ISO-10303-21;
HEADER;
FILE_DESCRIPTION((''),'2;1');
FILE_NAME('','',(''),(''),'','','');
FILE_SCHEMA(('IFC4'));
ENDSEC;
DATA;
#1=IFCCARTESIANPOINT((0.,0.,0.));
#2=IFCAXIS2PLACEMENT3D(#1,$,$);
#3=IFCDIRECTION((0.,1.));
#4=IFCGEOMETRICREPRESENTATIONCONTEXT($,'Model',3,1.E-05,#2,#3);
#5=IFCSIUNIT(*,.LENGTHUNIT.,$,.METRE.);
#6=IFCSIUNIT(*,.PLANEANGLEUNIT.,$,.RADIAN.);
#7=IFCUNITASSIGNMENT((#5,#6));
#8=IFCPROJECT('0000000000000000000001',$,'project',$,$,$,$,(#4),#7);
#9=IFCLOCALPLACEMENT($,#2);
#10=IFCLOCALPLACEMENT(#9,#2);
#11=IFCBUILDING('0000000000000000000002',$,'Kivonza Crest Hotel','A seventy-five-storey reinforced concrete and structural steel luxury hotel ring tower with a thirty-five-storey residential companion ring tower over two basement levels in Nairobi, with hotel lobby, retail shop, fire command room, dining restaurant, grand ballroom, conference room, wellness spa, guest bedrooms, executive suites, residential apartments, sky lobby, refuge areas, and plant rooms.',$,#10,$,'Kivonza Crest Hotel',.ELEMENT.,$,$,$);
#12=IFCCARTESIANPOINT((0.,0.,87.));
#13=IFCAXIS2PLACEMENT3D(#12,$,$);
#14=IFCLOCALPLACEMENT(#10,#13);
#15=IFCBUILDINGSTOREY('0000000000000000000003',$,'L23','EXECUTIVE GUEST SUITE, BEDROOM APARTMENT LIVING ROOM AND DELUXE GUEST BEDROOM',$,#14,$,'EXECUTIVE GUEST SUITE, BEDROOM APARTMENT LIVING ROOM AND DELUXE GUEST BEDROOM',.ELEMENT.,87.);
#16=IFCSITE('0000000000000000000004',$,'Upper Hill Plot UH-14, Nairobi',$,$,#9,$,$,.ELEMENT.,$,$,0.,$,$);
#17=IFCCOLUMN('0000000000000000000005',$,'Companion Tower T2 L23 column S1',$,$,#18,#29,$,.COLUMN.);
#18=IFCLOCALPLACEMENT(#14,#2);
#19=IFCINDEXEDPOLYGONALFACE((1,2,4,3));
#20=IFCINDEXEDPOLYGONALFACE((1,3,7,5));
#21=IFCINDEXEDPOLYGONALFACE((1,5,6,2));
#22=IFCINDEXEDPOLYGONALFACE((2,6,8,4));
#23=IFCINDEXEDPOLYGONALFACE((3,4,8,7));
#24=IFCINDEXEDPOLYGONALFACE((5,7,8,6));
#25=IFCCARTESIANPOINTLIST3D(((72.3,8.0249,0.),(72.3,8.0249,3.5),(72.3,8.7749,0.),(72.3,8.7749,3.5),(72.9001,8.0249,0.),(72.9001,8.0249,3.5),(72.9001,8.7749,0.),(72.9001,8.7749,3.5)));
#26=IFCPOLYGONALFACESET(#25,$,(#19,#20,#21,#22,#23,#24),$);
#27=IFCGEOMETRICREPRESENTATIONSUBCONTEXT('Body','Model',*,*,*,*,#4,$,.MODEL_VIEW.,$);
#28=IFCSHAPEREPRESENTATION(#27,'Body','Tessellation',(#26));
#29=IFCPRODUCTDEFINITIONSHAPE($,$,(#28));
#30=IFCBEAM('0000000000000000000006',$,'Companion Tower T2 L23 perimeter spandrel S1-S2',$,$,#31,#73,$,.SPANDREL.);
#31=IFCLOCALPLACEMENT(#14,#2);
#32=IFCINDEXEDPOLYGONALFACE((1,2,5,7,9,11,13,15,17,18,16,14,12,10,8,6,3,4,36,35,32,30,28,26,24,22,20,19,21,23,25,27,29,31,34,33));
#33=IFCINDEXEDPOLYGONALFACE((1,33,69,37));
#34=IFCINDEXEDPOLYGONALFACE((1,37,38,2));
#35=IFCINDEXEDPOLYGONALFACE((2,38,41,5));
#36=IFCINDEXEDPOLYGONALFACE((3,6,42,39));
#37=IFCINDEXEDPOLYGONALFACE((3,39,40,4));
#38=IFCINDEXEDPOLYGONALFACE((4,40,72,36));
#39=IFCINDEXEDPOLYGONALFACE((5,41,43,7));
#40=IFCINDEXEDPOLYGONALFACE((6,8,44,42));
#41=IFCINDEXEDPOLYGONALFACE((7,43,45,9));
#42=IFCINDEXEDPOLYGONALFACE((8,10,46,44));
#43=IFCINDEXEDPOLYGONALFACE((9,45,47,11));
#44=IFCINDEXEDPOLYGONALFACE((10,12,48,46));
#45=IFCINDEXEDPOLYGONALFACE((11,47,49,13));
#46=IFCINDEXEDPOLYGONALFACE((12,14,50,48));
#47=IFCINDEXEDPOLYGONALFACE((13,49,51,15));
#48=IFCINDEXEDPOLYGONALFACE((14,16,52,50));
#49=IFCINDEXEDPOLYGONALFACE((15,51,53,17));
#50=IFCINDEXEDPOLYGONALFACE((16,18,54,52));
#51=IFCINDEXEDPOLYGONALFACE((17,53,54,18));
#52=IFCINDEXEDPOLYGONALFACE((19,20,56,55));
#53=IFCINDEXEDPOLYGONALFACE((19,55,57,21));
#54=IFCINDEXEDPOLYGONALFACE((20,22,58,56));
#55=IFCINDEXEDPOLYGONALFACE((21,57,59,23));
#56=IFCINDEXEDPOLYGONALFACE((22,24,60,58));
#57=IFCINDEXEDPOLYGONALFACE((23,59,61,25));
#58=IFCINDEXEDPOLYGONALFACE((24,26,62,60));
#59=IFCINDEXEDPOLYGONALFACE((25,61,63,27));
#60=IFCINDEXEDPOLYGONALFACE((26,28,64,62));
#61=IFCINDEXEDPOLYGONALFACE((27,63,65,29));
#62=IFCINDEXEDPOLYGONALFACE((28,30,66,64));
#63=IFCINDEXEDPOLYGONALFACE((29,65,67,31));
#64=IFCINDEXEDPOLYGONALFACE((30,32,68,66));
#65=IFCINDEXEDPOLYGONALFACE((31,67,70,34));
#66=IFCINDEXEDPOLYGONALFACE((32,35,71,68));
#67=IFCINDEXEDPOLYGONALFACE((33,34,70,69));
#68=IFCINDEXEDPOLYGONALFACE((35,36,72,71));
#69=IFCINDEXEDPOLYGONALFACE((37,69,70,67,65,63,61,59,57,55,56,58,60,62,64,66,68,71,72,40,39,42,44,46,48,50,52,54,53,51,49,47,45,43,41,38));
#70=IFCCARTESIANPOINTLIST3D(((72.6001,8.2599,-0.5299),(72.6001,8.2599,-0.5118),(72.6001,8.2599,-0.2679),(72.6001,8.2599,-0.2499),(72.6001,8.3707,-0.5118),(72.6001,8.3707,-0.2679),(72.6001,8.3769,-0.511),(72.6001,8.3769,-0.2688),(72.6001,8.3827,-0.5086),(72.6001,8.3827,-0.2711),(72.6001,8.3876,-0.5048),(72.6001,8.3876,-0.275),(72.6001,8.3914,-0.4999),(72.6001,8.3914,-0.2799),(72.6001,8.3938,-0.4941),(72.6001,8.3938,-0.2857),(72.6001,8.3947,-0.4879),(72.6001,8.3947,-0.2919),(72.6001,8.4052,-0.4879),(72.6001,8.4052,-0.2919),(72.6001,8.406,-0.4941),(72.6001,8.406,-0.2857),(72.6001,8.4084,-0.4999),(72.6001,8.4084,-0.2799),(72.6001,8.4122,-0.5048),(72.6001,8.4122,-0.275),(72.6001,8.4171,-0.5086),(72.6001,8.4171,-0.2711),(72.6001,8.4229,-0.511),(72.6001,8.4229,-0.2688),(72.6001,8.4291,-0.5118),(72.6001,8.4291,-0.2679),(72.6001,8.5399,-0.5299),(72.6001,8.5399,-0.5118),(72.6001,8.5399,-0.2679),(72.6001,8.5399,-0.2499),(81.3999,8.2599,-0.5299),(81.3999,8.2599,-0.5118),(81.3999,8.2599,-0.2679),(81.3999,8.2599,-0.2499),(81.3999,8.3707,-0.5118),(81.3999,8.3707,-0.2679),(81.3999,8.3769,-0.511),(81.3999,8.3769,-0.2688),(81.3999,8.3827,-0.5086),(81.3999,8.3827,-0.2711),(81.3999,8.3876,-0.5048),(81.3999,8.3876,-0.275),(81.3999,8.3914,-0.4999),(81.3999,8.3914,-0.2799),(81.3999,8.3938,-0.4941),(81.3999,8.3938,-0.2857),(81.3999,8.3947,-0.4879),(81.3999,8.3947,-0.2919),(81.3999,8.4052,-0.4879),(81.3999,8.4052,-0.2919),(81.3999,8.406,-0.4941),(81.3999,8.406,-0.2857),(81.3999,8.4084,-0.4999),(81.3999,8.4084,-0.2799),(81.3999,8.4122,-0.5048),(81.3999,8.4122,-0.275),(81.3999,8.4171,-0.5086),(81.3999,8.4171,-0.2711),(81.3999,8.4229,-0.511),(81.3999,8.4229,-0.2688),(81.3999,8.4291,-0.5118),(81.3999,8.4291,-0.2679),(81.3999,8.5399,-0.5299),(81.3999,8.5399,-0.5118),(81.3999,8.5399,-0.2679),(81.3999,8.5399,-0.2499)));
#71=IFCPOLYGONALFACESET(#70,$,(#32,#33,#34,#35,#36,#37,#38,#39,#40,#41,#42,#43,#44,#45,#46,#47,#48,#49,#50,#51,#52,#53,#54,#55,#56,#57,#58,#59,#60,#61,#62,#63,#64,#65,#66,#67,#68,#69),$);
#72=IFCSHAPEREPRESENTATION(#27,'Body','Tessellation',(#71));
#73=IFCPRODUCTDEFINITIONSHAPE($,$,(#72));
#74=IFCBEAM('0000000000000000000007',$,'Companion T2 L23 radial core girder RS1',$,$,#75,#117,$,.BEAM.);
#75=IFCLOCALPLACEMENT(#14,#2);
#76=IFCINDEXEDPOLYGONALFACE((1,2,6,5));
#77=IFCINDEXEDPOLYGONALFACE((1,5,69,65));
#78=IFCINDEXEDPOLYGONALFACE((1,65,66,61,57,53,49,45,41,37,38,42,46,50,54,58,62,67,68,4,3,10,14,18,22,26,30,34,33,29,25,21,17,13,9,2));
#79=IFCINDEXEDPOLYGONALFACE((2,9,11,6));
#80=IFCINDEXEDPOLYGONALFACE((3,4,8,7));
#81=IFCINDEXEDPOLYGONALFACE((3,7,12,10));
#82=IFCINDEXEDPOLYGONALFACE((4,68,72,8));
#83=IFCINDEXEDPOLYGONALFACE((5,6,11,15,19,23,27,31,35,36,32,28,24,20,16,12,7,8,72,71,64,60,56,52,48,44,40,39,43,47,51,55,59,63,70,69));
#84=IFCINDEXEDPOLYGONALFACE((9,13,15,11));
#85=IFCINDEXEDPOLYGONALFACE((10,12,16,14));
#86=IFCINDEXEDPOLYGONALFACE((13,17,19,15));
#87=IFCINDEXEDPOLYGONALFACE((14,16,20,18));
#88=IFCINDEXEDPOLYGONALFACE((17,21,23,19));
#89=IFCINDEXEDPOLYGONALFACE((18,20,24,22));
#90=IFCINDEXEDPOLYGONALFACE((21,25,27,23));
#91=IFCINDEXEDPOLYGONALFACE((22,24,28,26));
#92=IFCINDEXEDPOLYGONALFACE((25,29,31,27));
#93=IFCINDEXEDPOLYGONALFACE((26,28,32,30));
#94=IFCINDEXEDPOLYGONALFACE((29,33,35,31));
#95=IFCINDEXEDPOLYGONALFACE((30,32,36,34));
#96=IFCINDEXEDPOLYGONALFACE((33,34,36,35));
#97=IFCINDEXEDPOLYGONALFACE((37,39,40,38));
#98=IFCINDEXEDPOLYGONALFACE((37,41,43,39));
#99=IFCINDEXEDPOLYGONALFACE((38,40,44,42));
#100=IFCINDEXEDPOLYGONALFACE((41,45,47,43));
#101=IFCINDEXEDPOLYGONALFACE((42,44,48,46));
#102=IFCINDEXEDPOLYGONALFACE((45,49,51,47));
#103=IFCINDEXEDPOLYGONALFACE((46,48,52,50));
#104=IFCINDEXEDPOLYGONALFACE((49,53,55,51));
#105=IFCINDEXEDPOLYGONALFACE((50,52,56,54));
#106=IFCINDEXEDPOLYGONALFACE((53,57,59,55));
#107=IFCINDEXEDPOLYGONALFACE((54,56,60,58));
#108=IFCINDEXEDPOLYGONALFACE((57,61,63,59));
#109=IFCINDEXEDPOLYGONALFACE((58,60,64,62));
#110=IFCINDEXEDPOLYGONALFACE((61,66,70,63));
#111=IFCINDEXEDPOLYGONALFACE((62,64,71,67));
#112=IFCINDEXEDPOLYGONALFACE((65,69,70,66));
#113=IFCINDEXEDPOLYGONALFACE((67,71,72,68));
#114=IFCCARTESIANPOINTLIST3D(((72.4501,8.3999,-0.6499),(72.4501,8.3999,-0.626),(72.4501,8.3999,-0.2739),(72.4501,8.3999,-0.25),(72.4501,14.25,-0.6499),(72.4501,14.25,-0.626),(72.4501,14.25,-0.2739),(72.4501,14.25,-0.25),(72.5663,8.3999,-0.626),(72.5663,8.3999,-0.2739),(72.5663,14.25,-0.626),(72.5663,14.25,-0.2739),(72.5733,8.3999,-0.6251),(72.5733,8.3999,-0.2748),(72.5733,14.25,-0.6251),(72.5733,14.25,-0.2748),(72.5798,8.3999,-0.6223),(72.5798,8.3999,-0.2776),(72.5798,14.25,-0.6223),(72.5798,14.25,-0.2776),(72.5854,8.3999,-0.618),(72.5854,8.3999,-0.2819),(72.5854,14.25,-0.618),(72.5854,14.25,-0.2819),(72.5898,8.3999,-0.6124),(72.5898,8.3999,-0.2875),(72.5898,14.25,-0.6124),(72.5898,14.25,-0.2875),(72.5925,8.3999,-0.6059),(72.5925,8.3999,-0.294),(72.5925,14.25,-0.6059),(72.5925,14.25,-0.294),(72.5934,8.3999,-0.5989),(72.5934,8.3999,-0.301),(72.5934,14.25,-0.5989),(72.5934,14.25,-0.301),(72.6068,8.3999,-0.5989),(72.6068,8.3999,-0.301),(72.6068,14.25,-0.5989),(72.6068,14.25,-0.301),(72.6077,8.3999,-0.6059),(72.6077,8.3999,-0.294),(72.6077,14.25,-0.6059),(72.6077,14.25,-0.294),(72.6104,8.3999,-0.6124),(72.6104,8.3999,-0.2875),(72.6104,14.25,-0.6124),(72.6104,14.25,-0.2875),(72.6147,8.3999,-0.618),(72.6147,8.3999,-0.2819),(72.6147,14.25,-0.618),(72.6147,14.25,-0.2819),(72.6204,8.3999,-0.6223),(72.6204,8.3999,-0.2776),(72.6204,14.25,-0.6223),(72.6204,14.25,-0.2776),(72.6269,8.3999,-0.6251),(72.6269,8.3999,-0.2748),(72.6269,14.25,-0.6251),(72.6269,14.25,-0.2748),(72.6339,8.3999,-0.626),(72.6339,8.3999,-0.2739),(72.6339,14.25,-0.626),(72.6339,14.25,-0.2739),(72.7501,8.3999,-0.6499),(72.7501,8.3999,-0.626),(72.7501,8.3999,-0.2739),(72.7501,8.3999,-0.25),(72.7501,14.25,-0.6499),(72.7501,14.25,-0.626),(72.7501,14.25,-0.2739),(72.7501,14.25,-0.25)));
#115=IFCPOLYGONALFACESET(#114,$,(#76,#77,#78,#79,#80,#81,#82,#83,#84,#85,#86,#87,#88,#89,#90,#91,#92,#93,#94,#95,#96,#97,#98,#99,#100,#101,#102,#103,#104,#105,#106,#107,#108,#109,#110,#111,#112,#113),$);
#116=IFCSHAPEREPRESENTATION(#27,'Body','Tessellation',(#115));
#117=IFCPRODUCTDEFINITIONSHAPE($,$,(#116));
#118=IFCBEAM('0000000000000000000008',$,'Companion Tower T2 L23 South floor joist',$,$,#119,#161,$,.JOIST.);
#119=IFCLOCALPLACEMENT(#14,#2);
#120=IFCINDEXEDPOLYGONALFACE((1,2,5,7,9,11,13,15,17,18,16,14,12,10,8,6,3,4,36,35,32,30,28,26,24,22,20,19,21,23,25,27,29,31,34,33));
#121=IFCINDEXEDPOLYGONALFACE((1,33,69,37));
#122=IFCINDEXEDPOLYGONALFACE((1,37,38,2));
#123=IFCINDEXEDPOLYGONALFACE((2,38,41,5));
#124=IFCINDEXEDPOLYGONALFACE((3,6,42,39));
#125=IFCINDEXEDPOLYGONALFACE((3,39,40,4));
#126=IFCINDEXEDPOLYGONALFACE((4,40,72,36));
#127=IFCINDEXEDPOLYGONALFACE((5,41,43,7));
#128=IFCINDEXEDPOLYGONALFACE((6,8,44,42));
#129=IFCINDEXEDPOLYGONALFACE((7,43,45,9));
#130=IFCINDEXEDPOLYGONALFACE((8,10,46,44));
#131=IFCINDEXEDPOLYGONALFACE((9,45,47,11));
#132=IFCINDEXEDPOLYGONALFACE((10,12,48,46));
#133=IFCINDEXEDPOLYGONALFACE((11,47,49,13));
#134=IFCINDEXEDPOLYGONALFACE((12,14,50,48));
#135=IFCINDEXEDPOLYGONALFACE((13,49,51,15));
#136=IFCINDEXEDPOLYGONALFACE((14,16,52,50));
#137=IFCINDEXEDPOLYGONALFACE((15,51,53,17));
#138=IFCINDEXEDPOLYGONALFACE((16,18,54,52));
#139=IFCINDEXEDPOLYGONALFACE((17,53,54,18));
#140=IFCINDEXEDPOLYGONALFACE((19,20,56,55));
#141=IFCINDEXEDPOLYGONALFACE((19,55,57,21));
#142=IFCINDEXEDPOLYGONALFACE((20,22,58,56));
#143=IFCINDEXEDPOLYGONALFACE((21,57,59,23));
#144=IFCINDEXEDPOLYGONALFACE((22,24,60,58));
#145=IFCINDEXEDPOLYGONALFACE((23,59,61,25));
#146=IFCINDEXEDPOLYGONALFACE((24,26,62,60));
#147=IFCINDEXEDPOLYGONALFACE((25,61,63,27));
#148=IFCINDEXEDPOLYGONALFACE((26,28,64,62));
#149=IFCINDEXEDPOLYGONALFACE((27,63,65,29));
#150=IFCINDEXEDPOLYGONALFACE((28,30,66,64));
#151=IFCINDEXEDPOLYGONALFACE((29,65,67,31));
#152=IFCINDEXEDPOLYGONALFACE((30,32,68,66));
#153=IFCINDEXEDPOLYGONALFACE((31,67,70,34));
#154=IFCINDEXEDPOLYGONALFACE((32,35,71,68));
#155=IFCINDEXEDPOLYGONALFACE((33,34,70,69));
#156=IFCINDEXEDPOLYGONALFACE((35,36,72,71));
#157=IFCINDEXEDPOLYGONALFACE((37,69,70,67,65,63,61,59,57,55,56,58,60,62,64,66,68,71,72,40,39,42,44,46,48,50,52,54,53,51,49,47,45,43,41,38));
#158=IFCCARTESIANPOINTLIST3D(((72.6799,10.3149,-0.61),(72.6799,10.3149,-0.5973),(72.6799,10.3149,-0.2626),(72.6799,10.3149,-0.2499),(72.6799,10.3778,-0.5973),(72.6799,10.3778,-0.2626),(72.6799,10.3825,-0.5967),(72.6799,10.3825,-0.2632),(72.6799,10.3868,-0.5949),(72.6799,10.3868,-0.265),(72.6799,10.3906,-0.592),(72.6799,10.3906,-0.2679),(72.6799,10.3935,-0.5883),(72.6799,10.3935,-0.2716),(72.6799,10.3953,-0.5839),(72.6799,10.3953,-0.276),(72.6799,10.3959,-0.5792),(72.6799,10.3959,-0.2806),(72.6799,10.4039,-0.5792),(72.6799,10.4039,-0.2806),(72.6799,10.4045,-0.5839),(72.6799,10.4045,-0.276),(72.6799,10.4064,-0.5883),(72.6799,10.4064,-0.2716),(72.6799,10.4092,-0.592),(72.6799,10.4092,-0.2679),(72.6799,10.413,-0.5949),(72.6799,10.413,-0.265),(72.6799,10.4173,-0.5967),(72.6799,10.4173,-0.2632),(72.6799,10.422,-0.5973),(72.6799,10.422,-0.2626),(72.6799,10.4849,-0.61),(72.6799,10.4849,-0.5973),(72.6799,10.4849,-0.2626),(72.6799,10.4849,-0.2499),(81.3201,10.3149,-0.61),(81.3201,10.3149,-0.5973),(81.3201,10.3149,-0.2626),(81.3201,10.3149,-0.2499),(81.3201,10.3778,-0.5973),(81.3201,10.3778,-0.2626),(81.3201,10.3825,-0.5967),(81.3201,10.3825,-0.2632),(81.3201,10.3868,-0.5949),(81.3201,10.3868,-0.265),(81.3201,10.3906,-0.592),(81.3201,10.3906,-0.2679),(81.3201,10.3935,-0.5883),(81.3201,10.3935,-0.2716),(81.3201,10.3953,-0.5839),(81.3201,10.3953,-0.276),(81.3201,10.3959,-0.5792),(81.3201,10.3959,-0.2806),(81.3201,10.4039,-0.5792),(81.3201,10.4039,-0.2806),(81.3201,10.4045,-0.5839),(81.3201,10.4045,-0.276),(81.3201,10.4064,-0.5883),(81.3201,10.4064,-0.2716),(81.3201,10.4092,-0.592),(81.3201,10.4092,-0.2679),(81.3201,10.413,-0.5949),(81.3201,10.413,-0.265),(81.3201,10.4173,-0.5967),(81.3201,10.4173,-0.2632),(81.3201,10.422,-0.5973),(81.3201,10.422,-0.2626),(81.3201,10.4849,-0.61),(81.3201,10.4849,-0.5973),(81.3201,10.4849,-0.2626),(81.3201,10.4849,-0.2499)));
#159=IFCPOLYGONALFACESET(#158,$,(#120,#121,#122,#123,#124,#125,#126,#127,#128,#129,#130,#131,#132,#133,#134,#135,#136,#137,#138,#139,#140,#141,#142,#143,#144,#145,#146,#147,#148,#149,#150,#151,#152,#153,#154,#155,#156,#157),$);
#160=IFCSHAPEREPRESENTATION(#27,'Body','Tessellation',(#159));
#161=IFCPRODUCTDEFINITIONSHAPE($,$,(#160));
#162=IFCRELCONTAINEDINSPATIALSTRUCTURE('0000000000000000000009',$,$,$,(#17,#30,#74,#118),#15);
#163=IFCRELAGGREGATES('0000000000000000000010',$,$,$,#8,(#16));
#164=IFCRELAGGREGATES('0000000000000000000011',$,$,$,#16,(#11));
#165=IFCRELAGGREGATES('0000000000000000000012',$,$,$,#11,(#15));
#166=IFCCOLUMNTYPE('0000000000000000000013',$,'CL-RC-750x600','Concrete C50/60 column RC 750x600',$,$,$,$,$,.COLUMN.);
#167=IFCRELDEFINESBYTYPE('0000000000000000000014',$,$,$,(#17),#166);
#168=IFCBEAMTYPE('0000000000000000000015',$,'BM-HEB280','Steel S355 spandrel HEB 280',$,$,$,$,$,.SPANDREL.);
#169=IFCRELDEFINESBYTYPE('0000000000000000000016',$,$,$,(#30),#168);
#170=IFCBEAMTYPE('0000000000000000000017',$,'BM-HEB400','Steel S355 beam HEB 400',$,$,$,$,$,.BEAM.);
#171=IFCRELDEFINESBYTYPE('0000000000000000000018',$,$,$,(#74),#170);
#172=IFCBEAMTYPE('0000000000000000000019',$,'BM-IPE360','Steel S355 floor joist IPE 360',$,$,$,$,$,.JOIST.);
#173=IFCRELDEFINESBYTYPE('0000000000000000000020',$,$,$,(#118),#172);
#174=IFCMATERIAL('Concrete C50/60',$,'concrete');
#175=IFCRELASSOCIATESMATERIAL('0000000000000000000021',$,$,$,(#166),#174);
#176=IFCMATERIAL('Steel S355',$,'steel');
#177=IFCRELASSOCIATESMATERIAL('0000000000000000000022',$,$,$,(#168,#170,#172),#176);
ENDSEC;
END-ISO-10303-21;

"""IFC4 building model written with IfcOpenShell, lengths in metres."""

from ifc_helpers import new_model, si_unit, direction, frame, origin, origin_2d, place, context, subcontext, project, spatial, rectangle, i_section, extrude, material, material_profile, profile_set, type_object, element, save


model = new_model("IFC4")

# Units and contexts
model_context = context("Model", 3, precision=1e-05, world=origin(), true_north=direction((0.0, 1.0)))
body_context = subcontext(model_context, "Body", "Model", "MODEL_VIEW")
ifc_project = project(units=[si_unit("LENGTHUNIT", "METRE"), si_unit("PLANEANGLEUNIT", "RADIAN")], contexts=[model_context])

# Site, building, storey
site_placement = place(None, origin())
site = spatial("IfcSite", under=ifc_project, at=site_placement, Name="Upper Hill Plot UH-14, Nairobi", CompositionType="ELEMENT", RefElevation=0.0)
building_placement = place(site_placement, origin())
building = spatial("IfcBuilding", under=site, at=building_placement, Name="Kivonza Crest Hotel", Description="A seventy-five-storey reinforced concrete and structural steel luxury hotel ring tower with a thirty-five-storey residential companion ring tower over two basement levels in Nairobi, with hotel lobby, retail shop, fire command room, dining restaurant, grand ballroom, conference room, wellness spa, guest bedrooms, executive suites, residential apartments, sky lobby, refuge areas, and plant rooms.", LongName="Kivonza Crest Hotel", CompositionType="ELEMENT")
storey_placement = place(building_placement, frame((0.0, 0.0, 87.0)))
storey = spatial("IfcBuildingStorey", under=building, at=storey_placement, Name="L23", Description="EXECUTIVE GUEST SUITE, BEDROOM APARTMENT LIVING ROOM AND DELUXE GUEST BEDROOM", LongName="EXECUTIVE GUEST SUITE, BEDROOM APARTMENT LIVING ROOM AND DELUXE GUEST BEDROOM", CompositionType="ELEMENT", Elevation=87.0)

# Column
ifc_material_1 = material(Name="Concrete C50/60", Category="concrete")
ifc_material_profile_1 = material_profile(ifc_material_1, rectangle(XDim=0.6001, YDim=0.75, at=origin_2d()), Name="RC 750x600")
ifc_profile_set_1 = profile_set([ifc_material_profile_1], Name="Concrete C50/60")
column_type = type_object("IfcColumnType", Name="CL-RC-750x600", Description="Concrete C50/60 column RC 750x600", PredefinedType="COLUMN", material=ifc_profile_set_1)
column_placement = place(storey_placement, frame((72.6001, 8.3999, 0.0), z_axis=(0.0, 0.0, 1.0), x_axis=(1.0, 0.0, 0.0)))
element("IfcColumn", 1, at=column_placement, inside=storey, type_object=column_type, Name="Companion Tower T2 L23 column S1", PredefinedType="COLUMN", context=body_context, shape_type="SweptSolid", body=[
    extrude(rectangle(XDim=0.6001, YDim=0.75, at=origin_2d()), origin(), (0.0, 0.0, 1.0), 3.5),
])

# Beams
ifc_material_2 = material(Name="Steel S355", Category="steel")
ifc_material_profile_2 = material_profile(ifc_material_2, i_section(OverallWidth=0.28, OverallDepth=0.28, WebThickness=0.0105, FlangeThickness=0.0181, FilletRadius=0.0239, at=origin_2d()), Name="HEB 280")
ifc_profile_set_2 = profile_set([ifc_material_profile_2], Name="Steel S355")
beam_type_1 = type_object("IfcBeamType", Name="BM-HEB280", Description="Steel S355 spandrel HEB 280", PredefinedType="SPANDREL", material=ifc_profile_set_2)
beam_1_placement = place(storey_placement, frame((72.6001, 8.3999, -0.3899), z_axis=(1.0, 0.0, 0.0), x_axis=(0.0, 1.0, 0.0)))
element("IfcBeam", 2, at=beam_1_placement, inside=storey, type_object=beam_type_1, Name="Companion Tower T2 L23 perimeter spandrel S1-S2", PredefinedType="SPANDREL", context=body_context, shape_type="SweptSolid", body=[
    extrude(i_section(OverallWidth=0.28, OverallDepth=0.28, WebThickness=0.0105, FlangeThickness=0.0181, FilletRadius=0.0239, at=origin_2d()), origin(), (0.0, 0.0, 1.0), 8.7998),
])
ifc_material_profile_3 = material_profile(ifc_material_2, i_section(OverallWidth=0.3, OverallDepth=0.3999, WebThickness=0.0134, FlangeThickness=0.0239, FilletRadius=0.0271, at=origin_2d()), Name="HEB 400")
ifc_profile_set_3 = profile_set([ifc_material_profile_3], Name="Steel S355")
beam_type_2 = type_object("IfcBeamType", Name="BM-HEB400", Description="Steel S355 beam HEB 400", PredefinedType="BEAM", material=ifc_profile_set_3)
beam_2_placement = place(storey_placement, frame((72.6001, 8.3999, -0.45), z_axis=(0.0, 1.0, 0.0), x_axis=(-1.0, 0.0, 0.0)))
element("IfcBeam", 3, at=beam_2_placement, inside=storey, type_object=beam_type_2, Name="Companion T2 L23 radial core girder RS1", PredefinedType="BEAM", context=body_context, shape_type="SweptSolid", body=[
    extrude(i_section(OverallWidth=0.3, OverallDepth=0.3999, WebThickness=0.0134, FlangeThickness=0.0239, FilletRadius=0.0271, at=origin_2d()), origin(), (0.0, 0.0, 1.0), 5.8501),
])
ifc_material_profile_4 = material_profile(ifc_material_2, i_section(OverallWidth=0.1699, OverallDepth=0.3601, WebThickness=0.0081, FlangeThickness=0.0127, FilletRadius=0.0181, at=origin_2d()), Name="IPE 360")
ifc_profile_set_4 = profile_set([ifc_material_profile_4], Name="Steel S355")
beam_type_3 = type_object("IfcBeamType", Name="BM-IPE360", Description="Steel S355 floor joist IPE 360", PredefinedType="JOIST", material=ifc_profile_set_4)
beam_3_placement = place(storey_placement, frame((72.6799, 10.3999, -0.4299), z_axis=(1.0, 0.0, 0.0), x_axis=(0.0, 1.0, 0.0)))
element("IfcBeam", 4, at=beam_3_placement, inside=storey, type_object=beam_type_3, Name="Companion Tower T2 L23 South floor joist", PredefinedType="JOIST", context=body_context, shape_type="SweptSolid", body=[
    extrude(i_section(OverallWidth=0.1699, OverallDepth=0.3601, WebThickness=0.0081, FlangeThickness=0.0127, FilletRadius=0.0181, at=origin_2d()), origin(), (0.0, 0.0, 1.0), 8.6401),
])

save(model, "model.ifc")
